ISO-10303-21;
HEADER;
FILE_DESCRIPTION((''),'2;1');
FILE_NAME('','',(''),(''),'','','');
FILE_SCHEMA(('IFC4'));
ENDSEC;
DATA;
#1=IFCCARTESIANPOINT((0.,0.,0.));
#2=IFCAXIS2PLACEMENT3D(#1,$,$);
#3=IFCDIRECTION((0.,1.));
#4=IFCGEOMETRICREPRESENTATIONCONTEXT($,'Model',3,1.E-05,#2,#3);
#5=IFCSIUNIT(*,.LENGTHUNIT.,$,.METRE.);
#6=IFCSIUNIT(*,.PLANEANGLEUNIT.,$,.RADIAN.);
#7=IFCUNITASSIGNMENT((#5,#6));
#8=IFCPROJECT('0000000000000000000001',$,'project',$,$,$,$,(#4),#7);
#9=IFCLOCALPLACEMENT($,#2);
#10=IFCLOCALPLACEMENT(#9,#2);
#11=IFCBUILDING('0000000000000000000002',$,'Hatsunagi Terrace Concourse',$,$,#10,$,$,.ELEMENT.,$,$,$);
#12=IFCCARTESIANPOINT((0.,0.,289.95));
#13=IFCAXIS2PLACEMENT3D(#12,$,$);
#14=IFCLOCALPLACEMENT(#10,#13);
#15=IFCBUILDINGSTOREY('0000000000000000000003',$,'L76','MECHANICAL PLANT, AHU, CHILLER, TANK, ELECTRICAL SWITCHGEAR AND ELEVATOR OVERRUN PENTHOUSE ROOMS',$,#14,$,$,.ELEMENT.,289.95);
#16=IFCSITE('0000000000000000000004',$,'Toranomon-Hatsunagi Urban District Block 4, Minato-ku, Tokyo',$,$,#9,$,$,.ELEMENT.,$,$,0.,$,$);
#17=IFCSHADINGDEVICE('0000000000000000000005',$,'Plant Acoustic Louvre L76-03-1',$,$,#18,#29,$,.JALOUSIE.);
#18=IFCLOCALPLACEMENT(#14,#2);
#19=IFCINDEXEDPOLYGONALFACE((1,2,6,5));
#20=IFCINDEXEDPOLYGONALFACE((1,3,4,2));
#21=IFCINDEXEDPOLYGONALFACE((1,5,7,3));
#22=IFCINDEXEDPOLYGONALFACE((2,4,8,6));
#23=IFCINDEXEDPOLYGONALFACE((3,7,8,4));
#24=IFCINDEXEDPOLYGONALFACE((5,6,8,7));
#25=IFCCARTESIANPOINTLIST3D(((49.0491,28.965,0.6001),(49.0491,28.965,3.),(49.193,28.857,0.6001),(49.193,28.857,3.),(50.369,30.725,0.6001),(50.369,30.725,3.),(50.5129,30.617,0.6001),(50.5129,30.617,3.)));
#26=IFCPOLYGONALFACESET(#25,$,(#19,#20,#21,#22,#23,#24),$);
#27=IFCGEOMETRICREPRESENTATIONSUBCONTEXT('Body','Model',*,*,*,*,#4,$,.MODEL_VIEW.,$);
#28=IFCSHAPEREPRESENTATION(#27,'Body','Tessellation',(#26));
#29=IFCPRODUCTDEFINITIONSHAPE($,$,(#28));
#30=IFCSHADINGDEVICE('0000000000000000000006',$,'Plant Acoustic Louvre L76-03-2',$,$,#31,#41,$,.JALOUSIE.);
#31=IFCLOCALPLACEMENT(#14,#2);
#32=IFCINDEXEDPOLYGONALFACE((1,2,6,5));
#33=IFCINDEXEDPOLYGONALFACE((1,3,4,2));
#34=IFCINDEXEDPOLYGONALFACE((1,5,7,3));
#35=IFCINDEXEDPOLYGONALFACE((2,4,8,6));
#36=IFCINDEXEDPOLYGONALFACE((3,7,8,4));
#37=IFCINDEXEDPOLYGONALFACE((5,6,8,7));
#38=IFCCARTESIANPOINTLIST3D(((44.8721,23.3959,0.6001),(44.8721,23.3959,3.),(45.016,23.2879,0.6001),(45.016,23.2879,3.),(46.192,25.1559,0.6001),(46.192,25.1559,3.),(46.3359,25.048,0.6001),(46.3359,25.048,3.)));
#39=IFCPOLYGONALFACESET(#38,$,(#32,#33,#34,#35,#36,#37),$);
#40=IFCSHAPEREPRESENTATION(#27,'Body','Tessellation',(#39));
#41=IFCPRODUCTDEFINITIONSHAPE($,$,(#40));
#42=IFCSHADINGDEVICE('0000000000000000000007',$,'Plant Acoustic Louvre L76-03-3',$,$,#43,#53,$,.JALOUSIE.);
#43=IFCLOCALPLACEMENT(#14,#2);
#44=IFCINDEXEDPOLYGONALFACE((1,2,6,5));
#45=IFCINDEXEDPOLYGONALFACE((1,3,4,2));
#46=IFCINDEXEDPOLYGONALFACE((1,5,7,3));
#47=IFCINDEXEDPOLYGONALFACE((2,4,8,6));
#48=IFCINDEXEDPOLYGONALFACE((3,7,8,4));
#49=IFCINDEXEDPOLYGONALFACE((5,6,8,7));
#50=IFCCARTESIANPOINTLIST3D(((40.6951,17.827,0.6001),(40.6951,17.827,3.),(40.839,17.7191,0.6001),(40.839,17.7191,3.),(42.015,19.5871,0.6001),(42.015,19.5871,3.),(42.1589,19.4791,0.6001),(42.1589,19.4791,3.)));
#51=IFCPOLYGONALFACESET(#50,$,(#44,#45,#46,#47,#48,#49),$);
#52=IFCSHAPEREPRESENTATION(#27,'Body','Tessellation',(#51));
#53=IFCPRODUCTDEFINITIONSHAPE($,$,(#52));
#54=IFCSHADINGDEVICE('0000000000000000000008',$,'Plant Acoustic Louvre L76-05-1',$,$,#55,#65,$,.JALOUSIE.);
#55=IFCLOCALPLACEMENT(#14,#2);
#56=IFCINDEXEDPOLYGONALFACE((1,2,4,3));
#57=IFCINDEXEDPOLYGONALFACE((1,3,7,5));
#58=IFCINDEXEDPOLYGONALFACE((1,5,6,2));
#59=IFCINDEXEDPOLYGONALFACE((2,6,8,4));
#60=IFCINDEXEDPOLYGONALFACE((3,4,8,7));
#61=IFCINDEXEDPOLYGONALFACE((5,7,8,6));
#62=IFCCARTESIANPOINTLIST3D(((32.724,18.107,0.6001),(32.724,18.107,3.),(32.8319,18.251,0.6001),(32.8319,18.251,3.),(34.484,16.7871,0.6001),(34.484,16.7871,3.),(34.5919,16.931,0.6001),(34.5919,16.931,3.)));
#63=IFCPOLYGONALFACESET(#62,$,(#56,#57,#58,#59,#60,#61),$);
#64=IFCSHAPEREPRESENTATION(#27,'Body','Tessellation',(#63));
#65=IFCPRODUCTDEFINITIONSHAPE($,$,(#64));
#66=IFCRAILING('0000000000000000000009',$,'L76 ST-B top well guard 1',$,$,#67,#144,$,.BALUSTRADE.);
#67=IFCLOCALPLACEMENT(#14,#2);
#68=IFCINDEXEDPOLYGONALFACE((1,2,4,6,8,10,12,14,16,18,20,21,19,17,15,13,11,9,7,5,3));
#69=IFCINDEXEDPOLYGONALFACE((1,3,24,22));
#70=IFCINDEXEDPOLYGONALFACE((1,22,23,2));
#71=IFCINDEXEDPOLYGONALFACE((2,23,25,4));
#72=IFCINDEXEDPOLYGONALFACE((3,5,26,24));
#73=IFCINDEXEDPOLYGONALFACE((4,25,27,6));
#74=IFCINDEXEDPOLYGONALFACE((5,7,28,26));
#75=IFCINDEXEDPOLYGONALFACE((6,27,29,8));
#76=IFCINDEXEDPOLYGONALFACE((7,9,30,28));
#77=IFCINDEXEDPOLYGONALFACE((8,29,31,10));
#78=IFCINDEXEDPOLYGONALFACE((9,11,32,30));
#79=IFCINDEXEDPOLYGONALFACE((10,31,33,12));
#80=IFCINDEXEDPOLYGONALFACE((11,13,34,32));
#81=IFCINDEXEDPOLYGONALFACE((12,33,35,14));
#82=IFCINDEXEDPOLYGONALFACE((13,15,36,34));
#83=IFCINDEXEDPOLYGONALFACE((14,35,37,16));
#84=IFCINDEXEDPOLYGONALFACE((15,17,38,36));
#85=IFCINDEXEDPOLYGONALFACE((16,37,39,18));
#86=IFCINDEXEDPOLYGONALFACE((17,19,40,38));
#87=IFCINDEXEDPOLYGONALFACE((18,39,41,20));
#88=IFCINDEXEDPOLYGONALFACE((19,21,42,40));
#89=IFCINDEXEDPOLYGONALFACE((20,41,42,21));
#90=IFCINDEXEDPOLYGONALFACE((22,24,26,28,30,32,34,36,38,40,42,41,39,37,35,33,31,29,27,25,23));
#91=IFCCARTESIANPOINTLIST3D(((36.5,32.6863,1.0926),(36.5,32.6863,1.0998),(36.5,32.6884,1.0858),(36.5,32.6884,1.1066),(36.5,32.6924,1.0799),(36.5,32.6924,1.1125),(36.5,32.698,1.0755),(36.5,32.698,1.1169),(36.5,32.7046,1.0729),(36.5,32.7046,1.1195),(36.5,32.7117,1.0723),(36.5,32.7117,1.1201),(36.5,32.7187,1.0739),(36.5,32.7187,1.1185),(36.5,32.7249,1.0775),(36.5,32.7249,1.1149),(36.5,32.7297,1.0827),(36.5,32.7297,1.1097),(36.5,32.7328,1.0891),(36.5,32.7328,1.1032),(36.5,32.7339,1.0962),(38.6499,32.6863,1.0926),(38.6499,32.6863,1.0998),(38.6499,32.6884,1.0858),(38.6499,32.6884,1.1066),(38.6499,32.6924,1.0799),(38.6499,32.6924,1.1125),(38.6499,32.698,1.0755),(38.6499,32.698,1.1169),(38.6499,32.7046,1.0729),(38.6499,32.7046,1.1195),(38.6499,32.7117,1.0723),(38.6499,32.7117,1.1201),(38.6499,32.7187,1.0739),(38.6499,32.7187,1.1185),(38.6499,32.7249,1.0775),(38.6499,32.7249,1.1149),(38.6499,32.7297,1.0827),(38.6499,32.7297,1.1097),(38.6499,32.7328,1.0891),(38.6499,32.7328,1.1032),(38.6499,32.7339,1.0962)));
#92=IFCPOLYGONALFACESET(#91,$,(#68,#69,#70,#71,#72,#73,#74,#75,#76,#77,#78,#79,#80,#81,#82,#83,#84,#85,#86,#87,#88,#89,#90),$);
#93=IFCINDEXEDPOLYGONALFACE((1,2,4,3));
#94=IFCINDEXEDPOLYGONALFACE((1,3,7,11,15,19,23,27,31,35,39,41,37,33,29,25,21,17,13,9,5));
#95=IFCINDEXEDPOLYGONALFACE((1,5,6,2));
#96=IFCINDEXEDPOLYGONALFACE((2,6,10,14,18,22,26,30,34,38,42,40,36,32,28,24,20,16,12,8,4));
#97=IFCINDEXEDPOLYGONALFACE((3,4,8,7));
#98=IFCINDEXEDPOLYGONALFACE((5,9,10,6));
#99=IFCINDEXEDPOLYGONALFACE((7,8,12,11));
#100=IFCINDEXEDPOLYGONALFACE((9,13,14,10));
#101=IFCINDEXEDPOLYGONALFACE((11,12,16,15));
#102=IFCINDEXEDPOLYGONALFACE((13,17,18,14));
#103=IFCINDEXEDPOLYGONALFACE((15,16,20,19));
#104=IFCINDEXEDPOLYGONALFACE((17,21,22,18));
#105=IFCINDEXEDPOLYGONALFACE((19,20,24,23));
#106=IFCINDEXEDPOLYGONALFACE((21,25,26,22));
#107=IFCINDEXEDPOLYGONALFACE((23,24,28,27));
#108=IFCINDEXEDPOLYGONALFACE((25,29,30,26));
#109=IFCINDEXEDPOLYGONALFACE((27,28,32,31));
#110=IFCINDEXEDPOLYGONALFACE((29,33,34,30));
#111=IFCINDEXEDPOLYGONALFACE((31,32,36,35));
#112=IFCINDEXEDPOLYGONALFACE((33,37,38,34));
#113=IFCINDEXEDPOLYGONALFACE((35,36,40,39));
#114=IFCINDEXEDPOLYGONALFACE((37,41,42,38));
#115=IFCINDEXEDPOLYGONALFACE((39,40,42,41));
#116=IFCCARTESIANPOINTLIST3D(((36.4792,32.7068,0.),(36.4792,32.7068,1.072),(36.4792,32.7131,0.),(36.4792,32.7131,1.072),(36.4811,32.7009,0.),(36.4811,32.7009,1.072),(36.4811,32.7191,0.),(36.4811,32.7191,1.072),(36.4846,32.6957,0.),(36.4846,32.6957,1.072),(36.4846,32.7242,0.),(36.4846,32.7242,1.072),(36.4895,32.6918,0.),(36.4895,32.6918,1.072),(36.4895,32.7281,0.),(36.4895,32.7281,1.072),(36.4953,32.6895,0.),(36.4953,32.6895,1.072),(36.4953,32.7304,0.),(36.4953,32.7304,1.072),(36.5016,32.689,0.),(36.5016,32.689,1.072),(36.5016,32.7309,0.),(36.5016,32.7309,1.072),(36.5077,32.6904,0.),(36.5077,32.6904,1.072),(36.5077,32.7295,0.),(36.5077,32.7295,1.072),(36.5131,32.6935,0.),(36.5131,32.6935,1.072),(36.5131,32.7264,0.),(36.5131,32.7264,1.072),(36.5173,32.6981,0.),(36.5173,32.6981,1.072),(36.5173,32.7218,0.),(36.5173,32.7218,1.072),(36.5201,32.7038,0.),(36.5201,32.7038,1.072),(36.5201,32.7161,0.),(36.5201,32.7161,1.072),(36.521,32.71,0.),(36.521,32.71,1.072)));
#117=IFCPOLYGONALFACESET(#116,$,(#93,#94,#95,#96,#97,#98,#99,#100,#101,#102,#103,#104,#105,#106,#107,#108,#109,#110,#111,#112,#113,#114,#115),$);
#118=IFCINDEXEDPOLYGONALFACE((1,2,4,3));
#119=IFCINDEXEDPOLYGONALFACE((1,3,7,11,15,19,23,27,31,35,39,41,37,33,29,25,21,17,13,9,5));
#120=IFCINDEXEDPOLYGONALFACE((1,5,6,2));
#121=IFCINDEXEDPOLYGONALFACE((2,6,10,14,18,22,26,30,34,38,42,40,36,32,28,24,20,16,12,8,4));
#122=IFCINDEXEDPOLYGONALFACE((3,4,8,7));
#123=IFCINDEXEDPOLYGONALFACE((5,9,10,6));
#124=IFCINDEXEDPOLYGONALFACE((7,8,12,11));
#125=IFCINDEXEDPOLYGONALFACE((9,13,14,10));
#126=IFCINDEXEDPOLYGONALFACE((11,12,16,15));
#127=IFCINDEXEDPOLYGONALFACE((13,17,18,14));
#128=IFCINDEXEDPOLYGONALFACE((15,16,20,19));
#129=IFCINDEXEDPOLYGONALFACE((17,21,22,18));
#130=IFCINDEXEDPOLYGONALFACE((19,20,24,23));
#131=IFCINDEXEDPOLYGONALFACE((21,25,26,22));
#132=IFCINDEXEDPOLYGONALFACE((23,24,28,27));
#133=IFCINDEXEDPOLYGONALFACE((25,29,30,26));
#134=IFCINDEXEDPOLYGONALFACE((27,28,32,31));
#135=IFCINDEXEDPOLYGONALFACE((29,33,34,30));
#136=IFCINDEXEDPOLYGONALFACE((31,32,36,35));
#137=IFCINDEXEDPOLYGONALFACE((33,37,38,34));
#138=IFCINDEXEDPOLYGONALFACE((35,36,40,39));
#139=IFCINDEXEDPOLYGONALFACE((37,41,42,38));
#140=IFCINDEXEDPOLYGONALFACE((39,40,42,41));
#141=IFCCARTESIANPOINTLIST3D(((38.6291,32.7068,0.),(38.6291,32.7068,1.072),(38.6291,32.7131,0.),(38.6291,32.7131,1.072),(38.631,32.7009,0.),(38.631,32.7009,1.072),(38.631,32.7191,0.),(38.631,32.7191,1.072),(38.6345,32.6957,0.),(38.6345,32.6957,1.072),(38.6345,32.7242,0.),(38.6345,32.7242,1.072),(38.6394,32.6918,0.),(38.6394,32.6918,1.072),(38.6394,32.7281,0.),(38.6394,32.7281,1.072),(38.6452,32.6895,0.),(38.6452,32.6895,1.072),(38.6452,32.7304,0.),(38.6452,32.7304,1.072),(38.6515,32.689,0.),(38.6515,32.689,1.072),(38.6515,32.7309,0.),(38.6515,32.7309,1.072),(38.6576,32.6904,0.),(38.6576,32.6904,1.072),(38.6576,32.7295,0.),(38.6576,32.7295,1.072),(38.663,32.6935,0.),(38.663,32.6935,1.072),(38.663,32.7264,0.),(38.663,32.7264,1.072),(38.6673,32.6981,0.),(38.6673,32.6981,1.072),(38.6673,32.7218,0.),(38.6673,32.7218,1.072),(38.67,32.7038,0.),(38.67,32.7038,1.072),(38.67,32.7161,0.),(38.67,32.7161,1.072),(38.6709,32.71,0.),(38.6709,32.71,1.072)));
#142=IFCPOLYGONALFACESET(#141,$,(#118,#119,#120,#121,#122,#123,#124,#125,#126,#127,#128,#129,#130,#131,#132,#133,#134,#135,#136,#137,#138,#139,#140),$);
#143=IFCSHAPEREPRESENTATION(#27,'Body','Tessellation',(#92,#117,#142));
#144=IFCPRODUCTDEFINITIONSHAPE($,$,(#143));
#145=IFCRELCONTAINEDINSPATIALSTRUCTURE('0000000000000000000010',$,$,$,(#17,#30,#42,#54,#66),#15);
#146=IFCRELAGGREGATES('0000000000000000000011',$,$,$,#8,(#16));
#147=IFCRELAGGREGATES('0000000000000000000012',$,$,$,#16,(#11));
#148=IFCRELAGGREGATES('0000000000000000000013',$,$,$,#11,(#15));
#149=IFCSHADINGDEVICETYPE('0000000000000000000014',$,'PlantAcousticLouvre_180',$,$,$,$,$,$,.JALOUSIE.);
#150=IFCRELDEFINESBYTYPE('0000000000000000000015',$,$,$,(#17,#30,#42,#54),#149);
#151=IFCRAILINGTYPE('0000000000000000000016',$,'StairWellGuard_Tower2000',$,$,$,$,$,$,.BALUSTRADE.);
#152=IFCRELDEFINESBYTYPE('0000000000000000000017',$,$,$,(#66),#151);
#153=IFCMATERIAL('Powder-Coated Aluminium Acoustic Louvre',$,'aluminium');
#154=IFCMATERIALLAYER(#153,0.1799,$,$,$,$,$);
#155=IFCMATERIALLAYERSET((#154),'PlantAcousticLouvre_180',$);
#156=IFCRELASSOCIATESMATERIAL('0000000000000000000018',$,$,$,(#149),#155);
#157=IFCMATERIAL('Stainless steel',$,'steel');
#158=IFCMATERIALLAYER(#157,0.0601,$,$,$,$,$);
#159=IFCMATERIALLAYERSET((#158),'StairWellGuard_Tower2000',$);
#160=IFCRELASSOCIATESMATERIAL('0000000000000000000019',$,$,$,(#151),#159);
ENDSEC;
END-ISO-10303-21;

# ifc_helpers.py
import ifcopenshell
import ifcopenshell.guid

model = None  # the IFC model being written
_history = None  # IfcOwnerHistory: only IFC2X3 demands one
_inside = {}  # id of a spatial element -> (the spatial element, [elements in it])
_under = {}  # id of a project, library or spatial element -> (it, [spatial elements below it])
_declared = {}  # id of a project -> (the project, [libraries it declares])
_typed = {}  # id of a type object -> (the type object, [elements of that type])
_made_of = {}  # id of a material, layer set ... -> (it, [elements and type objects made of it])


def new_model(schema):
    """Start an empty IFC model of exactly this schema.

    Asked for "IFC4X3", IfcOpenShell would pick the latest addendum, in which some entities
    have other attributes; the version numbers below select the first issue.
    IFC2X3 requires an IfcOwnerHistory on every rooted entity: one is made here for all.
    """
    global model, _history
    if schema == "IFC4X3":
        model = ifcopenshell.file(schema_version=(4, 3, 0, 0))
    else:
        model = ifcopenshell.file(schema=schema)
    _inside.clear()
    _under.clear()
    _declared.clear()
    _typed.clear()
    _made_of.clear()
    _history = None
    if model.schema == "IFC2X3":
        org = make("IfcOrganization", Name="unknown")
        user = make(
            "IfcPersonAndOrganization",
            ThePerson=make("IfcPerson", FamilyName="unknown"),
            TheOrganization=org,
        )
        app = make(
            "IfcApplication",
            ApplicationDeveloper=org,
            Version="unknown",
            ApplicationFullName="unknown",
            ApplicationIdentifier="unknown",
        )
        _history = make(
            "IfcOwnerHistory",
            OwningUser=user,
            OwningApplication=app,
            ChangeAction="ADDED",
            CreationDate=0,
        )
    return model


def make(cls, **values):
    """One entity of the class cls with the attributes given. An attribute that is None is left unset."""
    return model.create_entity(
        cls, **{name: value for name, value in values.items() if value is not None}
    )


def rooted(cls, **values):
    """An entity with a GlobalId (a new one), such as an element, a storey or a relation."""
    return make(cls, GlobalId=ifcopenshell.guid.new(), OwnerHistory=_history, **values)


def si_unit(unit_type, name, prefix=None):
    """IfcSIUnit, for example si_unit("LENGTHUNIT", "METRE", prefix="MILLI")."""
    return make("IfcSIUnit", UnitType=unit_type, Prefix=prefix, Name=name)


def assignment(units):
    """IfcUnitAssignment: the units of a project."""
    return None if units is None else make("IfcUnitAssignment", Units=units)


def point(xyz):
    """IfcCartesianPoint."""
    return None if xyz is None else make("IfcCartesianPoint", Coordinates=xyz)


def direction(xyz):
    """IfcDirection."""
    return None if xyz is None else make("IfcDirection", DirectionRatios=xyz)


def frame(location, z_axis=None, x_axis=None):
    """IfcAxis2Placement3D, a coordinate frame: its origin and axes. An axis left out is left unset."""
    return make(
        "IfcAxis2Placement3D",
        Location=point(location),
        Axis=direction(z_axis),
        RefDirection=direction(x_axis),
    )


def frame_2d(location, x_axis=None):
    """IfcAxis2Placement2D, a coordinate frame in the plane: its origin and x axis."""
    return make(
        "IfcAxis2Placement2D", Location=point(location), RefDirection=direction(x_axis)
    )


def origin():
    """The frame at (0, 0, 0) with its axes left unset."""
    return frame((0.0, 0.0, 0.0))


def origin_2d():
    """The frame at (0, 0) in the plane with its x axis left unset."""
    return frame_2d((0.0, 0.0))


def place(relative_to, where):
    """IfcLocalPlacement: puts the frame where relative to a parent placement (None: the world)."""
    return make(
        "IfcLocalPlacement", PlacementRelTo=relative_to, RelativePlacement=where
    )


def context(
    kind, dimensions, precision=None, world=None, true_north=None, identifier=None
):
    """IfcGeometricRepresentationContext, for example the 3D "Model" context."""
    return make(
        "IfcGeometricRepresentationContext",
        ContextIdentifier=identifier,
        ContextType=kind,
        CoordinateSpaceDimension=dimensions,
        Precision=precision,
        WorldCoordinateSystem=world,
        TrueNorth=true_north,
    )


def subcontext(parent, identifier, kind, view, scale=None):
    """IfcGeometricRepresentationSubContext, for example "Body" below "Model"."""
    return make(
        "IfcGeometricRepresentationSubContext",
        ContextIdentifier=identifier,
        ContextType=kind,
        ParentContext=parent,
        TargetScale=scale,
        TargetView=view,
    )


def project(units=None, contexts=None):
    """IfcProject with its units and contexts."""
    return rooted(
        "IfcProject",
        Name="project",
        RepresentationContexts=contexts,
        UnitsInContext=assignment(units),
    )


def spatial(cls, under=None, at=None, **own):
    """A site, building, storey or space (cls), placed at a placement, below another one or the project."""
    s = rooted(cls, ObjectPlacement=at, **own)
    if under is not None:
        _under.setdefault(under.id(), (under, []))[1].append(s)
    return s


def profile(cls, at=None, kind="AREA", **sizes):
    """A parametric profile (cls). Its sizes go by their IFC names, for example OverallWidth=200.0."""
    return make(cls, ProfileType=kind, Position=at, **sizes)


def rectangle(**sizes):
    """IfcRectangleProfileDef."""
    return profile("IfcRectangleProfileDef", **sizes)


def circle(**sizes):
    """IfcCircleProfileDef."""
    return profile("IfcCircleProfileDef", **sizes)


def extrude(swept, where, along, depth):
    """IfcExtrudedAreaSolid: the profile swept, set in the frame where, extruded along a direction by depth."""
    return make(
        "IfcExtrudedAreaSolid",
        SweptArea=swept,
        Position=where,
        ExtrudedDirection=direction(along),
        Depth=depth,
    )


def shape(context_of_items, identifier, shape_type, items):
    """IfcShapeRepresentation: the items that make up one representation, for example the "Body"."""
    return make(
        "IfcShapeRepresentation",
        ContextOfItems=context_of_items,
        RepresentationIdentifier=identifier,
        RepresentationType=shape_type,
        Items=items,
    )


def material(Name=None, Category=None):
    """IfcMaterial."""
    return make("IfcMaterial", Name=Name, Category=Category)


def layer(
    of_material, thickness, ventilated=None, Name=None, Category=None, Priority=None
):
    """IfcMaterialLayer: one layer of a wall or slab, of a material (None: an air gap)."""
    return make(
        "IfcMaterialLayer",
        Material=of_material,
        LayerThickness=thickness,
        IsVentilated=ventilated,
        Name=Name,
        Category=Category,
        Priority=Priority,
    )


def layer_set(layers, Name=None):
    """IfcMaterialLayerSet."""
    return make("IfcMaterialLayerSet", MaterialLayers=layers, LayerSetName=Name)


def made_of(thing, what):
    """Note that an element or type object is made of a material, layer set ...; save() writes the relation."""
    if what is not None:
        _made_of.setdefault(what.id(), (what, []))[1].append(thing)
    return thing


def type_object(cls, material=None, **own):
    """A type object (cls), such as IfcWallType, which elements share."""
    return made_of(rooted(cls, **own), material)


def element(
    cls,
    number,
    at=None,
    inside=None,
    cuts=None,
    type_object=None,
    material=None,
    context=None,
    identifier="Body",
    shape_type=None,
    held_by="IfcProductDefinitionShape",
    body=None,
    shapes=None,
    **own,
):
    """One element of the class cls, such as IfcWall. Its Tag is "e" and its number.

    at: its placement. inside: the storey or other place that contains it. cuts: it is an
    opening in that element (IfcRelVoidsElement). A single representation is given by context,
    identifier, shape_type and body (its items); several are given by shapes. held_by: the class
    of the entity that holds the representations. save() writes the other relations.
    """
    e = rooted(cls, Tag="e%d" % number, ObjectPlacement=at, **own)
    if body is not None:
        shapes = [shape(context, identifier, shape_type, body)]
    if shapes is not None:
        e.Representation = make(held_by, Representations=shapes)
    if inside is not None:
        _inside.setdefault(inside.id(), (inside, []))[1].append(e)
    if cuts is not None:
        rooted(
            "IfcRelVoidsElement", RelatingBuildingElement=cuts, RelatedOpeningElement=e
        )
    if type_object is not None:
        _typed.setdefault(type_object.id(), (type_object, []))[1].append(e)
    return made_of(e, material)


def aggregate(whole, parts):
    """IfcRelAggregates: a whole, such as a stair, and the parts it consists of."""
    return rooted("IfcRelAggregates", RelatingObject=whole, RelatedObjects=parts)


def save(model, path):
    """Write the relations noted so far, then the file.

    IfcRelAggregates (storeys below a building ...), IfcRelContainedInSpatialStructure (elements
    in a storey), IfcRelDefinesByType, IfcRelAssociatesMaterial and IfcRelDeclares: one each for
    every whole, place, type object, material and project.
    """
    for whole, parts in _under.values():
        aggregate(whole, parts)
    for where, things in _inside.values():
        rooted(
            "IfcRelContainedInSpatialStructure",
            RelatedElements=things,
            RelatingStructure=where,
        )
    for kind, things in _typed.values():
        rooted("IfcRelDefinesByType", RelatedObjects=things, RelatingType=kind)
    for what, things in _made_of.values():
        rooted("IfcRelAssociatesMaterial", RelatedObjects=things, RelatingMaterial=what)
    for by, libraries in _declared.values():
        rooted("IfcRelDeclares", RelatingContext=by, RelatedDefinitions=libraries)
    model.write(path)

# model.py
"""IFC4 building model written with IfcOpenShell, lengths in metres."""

from ifc_helpers import new_model, si_unit, direction, frame, origin, origin_2d, place, context, subcontext, project, spatial, rectangle, circle, extrude, material, layer, layer_set, type_object, element, save


model = new_model("IFC4")

# Units and contexts
model_context = context("Model", 3, precision=1e-05, world=origin(), true_north=direction((0.0, 1.0)))
body_context = subcontext(model_context, "Body", "Model", "MODEL_VIEW")
ifc_project = project(units=[si_unit("LENGTHUNIT", "METRE"), si_unit("PLANEANGLEUNIT", "RADIAN")], contexts=[model_context])

# Site, building, storey
site_placement = place(None, origin())
site = spatial("IfcSite", under=ifc_project, at=site_placement, Name="Toranomon-Hatsunagi Urban District Block 4, Minato-ku, Tokyo", CompositionType="ELEMENT", RefElevation=0.0)
building_placement = place(site_placement, origin())
building = spatial("IfcBuilding", under=site, at=building_placement, Name="Hatsunagi Terrace Concourse", CompositionType="ELEMENT")
storey_placement = place(building_placement, frame((0.0, 0.0, 289.95)))
storey = spatial("IfcBuildingStorey", under=building, at=storey_placement, Name="L76", Description="MECHANICAL PLANT, AHU, CHILLER, TANK, ELECTRICAL SWITCHGEAR AND ELEVATOR OVERRUN PENTHOUSE ROOMS", CompositionType="ELEMENT", Elevation=289.95)

# Shading devices
ifc_material_1 = material(Name="Powder-Coated Aluminium Acoustic Louvre", Category="aluminium")
ifc_layer_1 = layer(ifc_material_1, 0.1799)
ifc_layer_set_1 = layer_set([ifc_layer_1], Name="PlantAcousticLouvre_180")
shading_device_type = type_object("IfcShadingDeviceType", Name="PlantAcousticLouvre_180", PredefinedType="JALOUSIE", material=ifc_layer_set_1)
for number, where, z_axis, x_axis, name in (
    (1, (49.781, 29.791, 0.6001), (0.0, 0.0, 1.0), (-0.599969, -0.800023, 0.0), "Plant Acoustic Louvre L76-03-1"),
    (2, (45.604, 24.2219, 0.6001), (0.0, 0.0, 1.0), (-0.599969, -0.800023, 0.0), "Plant Acoustic Louvre L76-03-2"),
    (3, (41.427, 18.6531, 0.6001), (0.0, 0.0, 1.0), (-0.599969, -0.800023, 0.0), "Plant Acoustic Louvre L76-03-3"),
    (4, (33.658, 17.519, 0.6001), (0.0, 0.0, 1.0), (-0.800008, 0.599989, 0.0), "Plant Acoustic Louvre L76-05-1"),
):
    element("IfcShadingDevice", number, at=place(storey_placement, frame(where, z_axis=z_axis, x_axis=x_axis)), inside=storey, type_object=shading_device_type, Name=name, PredefinedType="JALOUSIE", context=body_context, shape_type="SweptSolid", body=[
        extrude(rectangle(XDim=2.2, YDim=0.1799, at=origin_2d()), origin(), (0.0, 0.0, 1.0), 2.3999),
    ])

# Railing
ifc_material_2 = material(Name="Stainless steel", Category="steel")
ifc_layer_2 = layer(ifc_material_2, 0.0601)
ifc_layer_set_2 = layer_set([ifc_layer_2], Name="StairWellGuard_Tower2000")
railing_type_1 = type_object("IfcRailingType", Name="StairWellGuard_Tower2000", PredefinedType="BALUSTRADE", material=ifc_layer_set_2)
railing_1_placement = place(storey_placement, frame((36.5, 32.71, 0.0)))
element("IfcRailing", 5, at=railing_1_placement, inside=storey, type_object=railing_type_1, Name="L76 ST-B top well guard 1", PredefinedType="BALUSTRADE", context=body_context, shape_type="SweptSolid", body=[
    extrude(circle(Radius=0.0239, at=origin_2d()), frame((0.0, 0.0, 1.0962), z_axis=(1.0, 0.0, 0.0), x_axis=(0.0, 1.0, 0.0)), (0.0, 0.0, 1.0), 2.1499),
    extrude(circle(Radius=0.021, at=origin_2d()), origin(), (0.0, 0.0, 1.0), 1.072),
    extrude(circle(Radius=0.021, at=origin_2d()), frame((2.1499, 0.0, 0.0)), (0.0, 0.0, 1.0), 1.072),
])

save(model, "model.ifc")
